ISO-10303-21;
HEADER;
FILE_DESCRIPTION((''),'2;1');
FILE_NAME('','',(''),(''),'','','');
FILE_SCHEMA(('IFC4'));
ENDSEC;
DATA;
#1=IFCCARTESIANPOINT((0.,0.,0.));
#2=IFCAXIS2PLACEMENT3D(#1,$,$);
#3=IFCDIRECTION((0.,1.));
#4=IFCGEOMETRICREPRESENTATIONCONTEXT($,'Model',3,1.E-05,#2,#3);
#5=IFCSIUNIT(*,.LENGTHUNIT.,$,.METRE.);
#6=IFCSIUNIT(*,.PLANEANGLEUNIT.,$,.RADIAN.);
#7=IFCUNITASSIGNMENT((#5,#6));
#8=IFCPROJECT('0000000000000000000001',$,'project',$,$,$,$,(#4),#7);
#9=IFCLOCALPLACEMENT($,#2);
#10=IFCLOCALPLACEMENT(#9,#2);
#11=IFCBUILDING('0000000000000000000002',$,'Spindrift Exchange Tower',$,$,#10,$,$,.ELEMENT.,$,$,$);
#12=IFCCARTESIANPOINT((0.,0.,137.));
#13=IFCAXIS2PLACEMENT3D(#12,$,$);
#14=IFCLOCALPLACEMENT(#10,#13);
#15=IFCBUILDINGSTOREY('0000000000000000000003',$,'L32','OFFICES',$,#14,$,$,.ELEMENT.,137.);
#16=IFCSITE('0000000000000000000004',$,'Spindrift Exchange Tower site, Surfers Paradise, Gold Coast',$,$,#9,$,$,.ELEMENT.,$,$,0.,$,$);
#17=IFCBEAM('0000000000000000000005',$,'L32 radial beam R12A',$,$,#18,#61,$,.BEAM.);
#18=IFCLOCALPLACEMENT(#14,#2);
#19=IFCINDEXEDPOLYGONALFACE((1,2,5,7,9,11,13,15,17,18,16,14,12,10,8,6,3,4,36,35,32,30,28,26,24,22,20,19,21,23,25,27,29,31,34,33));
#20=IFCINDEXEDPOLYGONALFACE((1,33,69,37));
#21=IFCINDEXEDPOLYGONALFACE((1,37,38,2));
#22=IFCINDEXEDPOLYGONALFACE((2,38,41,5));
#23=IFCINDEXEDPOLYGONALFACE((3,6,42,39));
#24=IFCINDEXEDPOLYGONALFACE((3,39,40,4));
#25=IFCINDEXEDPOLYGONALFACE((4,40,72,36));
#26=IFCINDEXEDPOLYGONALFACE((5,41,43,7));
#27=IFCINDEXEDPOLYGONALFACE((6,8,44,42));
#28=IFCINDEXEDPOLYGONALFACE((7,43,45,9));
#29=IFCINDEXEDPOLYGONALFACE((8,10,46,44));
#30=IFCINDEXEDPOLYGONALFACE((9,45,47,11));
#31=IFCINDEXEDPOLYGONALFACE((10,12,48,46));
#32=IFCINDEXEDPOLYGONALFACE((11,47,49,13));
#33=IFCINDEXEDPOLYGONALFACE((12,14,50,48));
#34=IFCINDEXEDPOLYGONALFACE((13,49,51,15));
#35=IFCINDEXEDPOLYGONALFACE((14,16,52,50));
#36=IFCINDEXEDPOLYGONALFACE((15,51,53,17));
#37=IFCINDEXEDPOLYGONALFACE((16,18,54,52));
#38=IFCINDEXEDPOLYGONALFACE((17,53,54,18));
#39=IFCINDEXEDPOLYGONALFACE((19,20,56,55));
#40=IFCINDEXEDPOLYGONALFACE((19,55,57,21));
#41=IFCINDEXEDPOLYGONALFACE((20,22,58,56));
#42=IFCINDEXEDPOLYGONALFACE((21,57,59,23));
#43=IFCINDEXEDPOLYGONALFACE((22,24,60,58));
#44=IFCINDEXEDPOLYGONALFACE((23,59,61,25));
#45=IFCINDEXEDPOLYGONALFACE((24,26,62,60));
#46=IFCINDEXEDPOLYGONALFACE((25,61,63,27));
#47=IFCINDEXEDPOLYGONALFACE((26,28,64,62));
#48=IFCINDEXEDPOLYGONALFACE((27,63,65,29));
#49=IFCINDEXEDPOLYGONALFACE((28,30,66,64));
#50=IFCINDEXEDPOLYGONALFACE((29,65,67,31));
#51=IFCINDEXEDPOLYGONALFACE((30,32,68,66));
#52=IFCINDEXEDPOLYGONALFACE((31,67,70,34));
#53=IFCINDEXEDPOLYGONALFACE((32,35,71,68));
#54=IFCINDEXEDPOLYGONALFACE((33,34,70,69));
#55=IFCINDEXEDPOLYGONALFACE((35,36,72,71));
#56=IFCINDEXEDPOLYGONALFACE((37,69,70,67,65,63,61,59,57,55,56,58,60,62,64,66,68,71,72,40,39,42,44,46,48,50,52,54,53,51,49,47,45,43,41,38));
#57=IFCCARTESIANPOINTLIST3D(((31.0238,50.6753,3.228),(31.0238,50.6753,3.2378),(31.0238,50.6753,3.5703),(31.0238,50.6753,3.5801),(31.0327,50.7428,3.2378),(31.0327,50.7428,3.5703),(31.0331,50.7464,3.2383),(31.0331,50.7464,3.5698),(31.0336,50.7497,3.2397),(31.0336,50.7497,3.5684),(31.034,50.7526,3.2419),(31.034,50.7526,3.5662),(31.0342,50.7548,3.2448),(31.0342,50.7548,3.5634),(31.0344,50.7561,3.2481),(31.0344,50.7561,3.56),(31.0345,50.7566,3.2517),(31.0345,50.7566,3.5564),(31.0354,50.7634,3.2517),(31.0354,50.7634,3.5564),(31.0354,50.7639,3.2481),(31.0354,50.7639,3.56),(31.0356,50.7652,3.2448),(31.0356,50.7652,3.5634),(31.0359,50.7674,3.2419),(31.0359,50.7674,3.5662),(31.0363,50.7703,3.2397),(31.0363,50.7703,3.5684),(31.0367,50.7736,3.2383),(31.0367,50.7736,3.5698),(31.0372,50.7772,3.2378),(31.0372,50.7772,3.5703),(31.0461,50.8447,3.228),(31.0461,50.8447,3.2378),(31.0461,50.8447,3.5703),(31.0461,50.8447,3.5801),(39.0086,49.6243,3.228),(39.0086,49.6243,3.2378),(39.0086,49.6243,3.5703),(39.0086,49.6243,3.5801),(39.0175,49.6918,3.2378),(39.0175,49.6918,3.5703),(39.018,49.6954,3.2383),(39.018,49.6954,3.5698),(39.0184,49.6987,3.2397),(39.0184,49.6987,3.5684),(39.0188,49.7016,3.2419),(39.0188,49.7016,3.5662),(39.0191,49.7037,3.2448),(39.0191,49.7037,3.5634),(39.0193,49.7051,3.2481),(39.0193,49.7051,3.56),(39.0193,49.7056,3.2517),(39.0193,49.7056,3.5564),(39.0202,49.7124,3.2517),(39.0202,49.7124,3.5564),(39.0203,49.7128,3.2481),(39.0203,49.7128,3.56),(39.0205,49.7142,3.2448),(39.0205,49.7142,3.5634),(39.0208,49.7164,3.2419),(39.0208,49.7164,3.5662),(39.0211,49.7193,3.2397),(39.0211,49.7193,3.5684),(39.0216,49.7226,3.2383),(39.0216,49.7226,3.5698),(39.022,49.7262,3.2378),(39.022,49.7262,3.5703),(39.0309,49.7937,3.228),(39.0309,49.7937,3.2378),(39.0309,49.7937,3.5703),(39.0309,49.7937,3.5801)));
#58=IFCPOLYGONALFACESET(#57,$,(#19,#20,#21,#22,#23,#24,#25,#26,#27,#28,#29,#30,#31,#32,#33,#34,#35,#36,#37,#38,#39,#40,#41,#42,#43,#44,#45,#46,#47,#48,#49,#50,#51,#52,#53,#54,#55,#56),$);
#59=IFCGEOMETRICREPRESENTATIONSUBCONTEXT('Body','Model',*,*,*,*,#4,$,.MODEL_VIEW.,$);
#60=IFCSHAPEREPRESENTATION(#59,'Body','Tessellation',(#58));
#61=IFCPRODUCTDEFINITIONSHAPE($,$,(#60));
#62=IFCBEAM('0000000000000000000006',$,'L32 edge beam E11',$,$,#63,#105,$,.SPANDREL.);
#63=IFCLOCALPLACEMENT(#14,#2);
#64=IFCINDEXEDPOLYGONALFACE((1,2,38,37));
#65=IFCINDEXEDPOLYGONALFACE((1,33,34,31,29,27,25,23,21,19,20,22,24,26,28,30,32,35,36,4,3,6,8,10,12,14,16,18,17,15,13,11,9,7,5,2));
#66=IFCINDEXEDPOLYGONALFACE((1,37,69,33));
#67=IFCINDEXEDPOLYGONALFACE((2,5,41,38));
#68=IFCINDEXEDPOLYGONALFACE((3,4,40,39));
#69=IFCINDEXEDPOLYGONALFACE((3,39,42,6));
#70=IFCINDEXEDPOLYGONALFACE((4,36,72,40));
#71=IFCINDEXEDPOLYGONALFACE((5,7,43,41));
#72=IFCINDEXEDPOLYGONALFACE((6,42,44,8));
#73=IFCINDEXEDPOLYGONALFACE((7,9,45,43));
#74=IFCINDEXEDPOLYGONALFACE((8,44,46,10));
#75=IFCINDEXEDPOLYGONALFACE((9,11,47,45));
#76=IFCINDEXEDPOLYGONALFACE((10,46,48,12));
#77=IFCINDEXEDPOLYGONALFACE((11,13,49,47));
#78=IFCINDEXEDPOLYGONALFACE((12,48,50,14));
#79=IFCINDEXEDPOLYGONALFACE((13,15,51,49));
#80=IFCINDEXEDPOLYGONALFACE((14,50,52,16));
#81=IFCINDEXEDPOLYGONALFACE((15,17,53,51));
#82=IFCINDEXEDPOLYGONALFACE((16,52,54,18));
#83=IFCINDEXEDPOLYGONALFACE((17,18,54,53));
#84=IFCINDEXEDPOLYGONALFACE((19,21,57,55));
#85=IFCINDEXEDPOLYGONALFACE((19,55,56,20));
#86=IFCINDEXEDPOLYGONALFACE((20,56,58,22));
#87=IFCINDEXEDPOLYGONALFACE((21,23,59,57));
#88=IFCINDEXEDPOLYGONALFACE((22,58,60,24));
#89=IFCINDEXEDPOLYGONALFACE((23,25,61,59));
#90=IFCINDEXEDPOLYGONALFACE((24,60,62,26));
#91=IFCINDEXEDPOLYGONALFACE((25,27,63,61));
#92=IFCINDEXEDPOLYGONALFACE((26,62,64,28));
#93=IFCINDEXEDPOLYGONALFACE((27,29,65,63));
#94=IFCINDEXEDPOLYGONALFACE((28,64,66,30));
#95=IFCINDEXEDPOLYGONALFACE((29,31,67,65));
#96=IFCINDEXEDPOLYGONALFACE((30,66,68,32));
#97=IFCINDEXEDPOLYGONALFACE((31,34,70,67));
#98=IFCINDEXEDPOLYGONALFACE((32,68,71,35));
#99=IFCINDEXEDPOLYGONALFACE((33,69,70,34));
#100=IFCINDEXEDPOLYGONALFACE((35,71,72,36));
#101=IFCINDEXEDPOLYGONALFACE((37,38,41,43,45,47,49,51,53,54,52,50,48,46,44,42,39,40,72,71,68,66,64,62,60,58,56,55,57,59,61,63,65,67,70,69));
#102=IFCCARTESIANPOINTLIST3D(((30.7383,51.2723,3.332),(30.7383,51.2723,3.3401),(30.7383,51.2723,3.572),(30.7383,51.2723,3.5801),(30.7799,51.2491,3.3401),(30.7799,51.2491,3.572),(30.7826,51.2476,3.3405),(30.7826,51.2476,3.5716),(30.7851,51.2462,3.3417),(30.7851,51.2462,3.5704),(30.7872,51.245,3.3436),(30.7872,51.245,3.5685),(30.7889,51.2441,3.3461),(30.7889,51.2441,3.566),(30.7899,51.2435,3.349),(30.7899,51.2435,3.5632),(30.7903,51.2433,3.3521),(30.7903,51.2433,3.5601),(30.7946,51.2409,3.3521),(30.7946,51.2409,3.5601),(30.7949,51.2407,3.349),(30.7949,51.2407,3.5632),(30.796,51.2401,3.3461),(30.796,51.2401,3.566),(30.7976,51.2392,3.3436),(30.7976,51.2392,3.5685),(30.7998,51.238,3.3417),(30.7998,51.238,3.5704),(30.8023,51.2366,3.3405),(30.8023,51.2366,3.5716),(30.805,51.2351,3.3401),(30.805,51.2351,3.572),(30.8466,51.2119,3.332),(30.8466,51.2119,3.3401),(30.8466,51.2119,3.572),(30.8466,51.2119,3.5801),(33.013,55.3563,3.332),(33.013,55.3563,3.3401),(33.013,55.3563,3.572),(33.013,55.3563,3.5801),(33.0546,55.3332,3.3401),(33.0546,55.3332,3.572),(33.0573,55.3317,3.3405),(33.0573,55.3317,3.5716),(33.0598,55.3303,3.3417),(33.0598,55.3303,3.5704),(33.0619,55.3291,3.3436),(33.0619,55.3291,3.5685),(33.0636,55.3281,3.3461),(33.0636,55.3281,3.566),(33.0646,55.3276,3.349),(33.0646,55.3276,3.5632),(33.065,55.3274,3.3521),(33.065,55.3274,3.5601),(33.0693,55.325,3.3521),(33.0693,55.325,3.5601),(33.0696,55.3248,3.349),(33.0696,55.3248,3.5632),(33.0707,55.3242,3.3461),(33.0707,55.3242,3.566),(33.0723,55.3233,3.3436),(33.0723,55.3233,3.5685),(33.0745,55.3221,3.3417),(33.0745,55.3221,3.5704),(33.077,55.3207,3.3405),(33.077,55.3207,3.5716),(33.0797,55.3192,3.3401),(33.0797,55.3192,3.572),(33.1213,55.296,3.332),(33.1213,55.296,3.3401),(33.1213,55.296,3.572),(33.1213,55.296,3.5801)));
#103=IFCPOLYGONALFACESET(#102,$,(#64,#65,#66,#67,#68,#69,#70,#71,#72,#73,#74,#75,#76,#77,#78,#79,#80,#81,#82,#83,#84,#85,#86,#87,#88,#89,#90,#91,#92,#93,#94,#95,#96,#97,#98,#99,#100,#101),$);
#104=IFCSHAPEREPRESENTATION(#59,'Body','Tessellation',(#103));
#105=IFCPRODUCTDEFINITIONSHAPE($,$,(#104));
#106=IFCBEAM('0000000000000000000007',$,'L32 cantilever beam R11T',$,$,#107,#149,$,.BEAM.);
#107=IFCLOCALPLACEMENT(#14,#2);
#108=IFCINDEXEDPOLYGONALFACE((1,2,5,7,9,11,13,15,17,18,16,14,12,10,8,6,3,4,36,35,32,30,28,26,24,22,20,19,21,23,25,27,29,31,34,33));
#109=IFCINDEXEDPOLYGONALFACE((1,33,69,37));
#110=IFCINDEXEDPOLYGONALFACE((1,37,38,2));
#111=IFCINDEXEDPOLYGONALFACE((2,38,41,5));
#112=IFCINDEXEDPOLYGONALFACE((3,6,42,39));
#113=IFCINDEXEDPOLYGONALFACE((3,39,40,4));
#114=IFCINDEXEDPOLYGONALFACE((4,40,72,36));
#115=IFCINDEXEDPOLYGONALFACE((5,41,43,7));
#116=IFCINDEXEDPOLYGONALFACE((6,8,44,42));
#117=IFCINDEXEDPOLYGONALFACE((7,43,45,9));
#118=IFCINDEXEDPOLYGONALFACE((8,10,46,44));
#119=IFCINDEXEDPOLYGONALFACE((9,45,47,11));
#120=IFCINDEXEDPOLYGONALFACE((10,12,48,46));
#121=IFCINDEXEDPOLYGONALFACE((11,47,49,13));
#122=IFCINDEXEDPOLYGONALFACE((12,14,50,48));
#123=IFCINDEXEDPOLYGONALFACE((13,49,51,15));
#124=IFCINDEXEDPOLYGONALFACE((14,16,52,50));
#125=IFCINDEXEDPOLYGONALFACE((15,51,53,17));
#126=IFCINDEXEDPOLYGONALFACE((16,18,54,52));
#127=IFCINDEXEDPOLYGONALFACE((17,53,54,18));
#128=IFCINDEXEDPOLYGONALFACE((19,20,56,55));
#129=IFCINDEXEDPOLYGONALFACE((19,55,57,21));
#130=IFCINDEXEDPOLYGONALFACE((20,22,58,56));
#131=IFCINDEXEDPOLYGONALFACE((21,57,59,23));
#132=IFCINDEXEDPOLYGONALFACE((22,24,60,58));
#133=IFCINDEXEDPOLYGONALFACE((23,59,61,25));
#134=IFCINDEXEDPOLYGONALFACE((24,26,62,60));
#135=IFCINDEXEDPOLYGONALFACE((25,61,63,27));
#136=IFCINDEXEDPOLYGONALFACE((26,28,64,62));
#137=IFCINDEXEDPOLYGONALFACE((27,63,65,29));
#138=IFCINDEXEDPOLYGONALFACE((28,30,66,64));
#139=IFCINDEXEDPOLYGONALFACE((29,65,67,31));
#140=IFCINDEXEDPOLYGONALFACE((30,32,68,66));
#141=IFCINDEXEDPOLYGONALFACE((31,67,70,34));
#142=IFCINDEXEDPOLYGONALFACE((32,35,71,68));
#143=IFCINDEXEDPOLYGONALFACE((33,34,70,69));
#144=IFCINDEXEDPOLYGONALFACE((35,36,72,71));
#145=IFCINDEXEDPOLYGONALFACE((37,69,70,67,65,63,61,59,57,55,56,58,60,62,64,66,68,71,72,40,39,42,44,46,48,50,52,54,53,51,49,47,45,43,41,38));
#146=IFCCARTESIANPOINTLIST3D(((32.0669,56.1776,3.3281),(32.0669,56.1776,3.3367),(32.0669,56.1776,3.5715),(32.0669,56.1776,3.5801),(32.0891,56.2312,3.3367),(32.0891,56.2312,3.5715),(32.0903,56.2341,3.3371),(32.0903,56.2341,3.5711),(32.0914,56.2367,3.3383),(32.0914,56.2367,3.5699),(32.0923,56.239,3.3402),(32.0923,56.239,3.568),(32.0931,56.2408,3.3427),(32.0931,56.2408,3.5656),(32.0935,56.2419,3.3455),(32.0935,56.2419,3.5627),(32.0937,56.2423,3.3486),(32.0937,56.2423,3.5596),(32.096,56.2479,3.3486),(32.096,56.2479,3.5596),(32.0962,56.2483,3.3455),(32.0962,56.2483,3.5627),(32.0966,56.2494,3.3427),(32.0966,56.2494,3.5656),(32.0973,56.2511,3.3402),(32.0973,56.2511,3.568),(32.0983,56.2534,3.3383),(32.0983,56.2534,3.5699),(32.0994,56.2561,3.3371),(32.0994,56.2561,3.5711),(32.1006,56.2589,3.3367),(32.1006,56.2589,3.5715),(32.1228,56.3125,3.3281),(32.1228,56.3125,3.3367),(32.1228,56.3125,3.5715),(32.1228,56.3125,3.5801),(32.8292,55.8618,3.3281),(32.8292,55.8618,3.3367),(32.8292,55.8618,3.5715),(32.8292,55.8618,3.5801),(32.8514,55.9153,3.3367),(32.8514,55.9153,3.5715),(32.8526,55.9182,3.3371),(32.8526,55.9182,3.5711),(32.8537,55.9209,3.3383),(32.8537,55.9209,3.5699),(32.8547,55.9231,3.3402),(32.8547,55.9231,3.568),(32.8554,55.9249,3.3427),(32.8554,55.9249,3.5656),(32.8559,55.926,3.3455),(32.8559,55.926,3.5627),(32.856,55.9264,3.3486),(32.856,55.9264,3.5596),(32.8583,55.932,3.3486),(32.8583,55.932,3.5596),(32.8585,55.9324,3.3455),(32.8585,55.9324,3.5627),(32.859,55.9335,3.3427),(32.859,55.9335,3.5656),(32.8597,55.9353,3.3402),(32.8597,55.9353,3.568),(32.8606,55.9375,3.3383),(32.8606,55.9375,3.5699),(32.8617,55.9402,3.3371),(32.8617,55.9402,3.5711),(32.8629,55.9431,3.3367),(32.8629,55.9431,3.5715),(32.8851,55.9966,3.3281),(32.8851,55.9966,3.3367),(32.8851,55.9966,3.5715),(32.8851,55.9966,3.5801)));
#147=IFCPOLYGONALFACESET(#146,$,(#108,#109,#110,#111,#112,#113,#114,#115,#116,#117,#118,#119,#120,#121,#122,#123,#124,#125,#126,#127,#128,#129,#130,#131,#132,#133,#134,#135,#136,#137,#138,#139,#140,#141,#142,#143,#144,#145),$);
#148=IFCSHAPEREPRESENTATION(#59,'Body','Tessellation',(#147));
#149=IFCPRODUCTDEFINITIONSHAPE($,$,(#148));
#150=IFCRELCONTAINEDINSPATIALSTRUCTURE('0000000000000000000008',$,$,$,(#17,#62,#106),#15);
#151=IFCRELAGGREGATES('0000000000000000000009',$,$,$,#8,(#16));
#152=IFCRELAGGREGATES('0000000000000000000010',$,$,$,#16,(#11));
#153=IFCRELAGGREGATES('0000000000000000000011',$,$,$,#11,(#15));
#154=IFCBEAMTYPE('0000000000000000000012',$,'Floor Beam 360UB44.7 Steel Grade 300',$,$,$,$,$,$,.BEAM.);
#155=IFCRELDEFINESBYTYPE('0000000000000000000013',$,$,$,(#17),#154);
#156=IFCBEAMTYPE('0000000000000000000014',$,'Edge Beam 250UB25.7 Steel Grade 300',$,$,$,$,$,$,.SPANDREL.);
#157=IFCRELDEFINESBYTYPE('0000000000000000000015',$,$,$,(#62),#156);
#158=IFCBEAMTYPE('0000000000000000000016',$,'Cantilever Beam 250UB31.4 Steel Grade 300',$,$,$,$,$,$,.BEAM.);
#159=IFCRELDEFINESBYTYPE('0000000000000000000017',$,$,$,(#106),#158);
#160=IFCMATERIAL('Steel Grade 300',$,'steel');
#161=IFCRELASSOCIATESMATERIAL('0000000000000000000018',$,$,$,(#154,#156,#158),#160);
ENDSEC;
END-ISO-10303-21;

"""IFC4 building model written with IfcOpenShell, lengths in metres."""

from ifc_helpers import new_model, si_unit, direction, frame, origin, origin_2d, place, context, subcontext, project, spatial, i_section, extrude, source, transform, mapped, material, material_profile, profile_set, type_object, element, save


model = new_model("IFC4")

# Units and contexts
model_context = context("Model", 3, precision=1e-05, world=origin(), true_north=direction((0.0, 1.0)))
body_context = subcontext(model_context, "Body", "Model", "MODEL_VIEW")
ifc_project = project(units=[si_unit("LENGTHUNIT", "METRE"), si_unit("PLANEANGLEUNIT", "RADIAN")], contexts=[model_context])

# Site, building, storey
site_placement = place(None, origin())
site = spatial("IfcSite", under=ifc_project, at=site_placement, Name="Spindrift Exchange Tower site, Surfers Paradise, Gold Coast", CompositionType="ELEMENT", RefElevation=0.0)
building_placement = place(site_placement, origin())
building = spatial("IfcBuilding", under=site, at=building_placement, Name="Spindrift Exchange Tower", CompositionType="ELEMENT")
storey_placement = place(building_placement, frame((0.0, 0.0, 137.0)))
storey = spatial("IfcBuildingStorey", under=building, at=storey_placement, Name="L32", Description="OFFICES", CompositionType="ELEMENT", Elevation=137.0)

# Beams
ifc_material_1 = material(Name="Steel Grade 300", Category="steel")
ifc_material_profile_1 = material_profile(ifc_material_1, i_section(OverallWidth=0.1709, OverallDepth=0.3521, WebThickness=0.0068, FlangeThickness=0.0098, FilletRadius=0.0139, at=origin_2d()), Name="360UB44.7")
ifc_profile_set_1 = profile_set([ifc_material_profile_1], Name="Steel Grade 300")
beam_type_1 = type_object("IfcBeamType", Name="Floor Beam 360UB44.7 Steel Grade 300", PredefinedType="BEAM", material=ifc_profile_set_1)
shared_shape_1 = source(origin(), body_context, "Body", "SweptSolid", [
    extrude(i_section(OverallWidth=0.1709, OverallDepth=0.3521, WebThickness=0.0068, FlangeThickness=0.0098, FilletRadius=0.0139, at=origin_2d()), origin(), (0.0, 0.0, 1.0), 8.0537),
])
beam_1_placement = place(storey_placement, frame((39.0198, 49.709, 3.4041), z_axis=(-0.991448, 0.130502, 0.0), x_axis=(-0.130502, -0.991448, 0.0)))
element("IfcBeam", 1, at=beam_1_placement, inside=storey, type_object=beam_type_1, Name="L32 radial beam R12A", PredefinedType="BEAM", context=body_context, shape_type="MappedRepresentation", body=[
    mapped(shared_shape_1, transform((0.0, 0.0, 0.0), scale=1.0)),
])
ifc_material_profile_2 = material_profile(ifc_material_1, i_section(OverallWidth=0.124, OverallDepth=0.248, WebThickness=0.0049, FlangeThickness=0.0081, FilletRadius=0.012, at=origin_2d()), Name="250UB25.7")
ifc_profile_set_2 = profile_set([ifc_material_profile_2], Name="Steel Grade 300")
beam_type_2 = type_object("IfcBeamType", Name="Edge Beam 250UB25.7 Steel Grade 300", PredefinedType="SPANDREL", material=ifc_profile_set_2)
shared_shape_2 = source(origin(), body_context, "Body", "SweptSolid", [
    extrude(i_section(OverallWidth=0.124, OverallDepth=0.248, WebThickness=0.0049, FlangeThickness=0.0081, FilletRadius=0.012, at=origin_2d()), origin(), (0.0, 0.0, 1.0), 4.6748),
])
beam_2_placement = place(storey_placement, frame((33.0671, 55.3262, 3.4561), z_axis=(-0.486587, -0.873632, 0.0), x_axis=(0.873632, -0.486587, 0.0)))
element("IfcBeam", 2, at=beam_2_placement, inside=storey, type_object=beam_type_2, Name="L32 edge beam E11", PredefinedType="SPANDREL", context=body_context, shape_type="MappedRepresentation", body=[
    mapped(shared_shape_2, transform((0.0, 0.0, 0.0), scale=1.0)),
])
ifc_material_profile_3 = material_profile(ifc_material_1, i_section(OverallWidth=0.146, OverallDepth=0.252, WebThickness=0.0061, FlangeThickness=0.0085, FilletRadius=0.012, at=origin_2d()), Name="250UB31.4")
ifc_profile_set_3 = profile_set([ifc_material_profile_3], Name="Steel Grade 300")
beam_type_3 = type_object("IfcBeamType", Name="Cantilever Beam 250UB31.4 Steel Grade 300", PredefinedType="BEAM", material=ifc_profile_set_3)
shared_shape_3 = source(origin(), body_context, "Body", "SweptSolid", [
    extrude(i_section(OverallWidth=0.146, OverallDepth=0.252, WebThickness=0.0061, FlangeThickness=0.0085, FilletRadius=0.012, at=origin_2d()), origin(), (0.0, 0.0, 1.0), 0.8252),
])
beam_3_placement = place(storey_placement, frame((32.8572, 55.9292, 3.4541), z_axis=(-0.923837, 0.382787, 0.0), x_axis=(-0.382787, -0.923837, 0.0)))
element("IfcBeam", 3, at=beam_3_placement, inside=storey, type_object=beam_type_3, Name="L32 cantilever beam R11T", PredefinedType="BEAM", context=body_context, shape_type="MappedRepresentation", body=[
    mapped(shared_shape_3, transform((0.0, 0.0, 0.0), scale=1.0)),
])

save(model, "model.ifc")
